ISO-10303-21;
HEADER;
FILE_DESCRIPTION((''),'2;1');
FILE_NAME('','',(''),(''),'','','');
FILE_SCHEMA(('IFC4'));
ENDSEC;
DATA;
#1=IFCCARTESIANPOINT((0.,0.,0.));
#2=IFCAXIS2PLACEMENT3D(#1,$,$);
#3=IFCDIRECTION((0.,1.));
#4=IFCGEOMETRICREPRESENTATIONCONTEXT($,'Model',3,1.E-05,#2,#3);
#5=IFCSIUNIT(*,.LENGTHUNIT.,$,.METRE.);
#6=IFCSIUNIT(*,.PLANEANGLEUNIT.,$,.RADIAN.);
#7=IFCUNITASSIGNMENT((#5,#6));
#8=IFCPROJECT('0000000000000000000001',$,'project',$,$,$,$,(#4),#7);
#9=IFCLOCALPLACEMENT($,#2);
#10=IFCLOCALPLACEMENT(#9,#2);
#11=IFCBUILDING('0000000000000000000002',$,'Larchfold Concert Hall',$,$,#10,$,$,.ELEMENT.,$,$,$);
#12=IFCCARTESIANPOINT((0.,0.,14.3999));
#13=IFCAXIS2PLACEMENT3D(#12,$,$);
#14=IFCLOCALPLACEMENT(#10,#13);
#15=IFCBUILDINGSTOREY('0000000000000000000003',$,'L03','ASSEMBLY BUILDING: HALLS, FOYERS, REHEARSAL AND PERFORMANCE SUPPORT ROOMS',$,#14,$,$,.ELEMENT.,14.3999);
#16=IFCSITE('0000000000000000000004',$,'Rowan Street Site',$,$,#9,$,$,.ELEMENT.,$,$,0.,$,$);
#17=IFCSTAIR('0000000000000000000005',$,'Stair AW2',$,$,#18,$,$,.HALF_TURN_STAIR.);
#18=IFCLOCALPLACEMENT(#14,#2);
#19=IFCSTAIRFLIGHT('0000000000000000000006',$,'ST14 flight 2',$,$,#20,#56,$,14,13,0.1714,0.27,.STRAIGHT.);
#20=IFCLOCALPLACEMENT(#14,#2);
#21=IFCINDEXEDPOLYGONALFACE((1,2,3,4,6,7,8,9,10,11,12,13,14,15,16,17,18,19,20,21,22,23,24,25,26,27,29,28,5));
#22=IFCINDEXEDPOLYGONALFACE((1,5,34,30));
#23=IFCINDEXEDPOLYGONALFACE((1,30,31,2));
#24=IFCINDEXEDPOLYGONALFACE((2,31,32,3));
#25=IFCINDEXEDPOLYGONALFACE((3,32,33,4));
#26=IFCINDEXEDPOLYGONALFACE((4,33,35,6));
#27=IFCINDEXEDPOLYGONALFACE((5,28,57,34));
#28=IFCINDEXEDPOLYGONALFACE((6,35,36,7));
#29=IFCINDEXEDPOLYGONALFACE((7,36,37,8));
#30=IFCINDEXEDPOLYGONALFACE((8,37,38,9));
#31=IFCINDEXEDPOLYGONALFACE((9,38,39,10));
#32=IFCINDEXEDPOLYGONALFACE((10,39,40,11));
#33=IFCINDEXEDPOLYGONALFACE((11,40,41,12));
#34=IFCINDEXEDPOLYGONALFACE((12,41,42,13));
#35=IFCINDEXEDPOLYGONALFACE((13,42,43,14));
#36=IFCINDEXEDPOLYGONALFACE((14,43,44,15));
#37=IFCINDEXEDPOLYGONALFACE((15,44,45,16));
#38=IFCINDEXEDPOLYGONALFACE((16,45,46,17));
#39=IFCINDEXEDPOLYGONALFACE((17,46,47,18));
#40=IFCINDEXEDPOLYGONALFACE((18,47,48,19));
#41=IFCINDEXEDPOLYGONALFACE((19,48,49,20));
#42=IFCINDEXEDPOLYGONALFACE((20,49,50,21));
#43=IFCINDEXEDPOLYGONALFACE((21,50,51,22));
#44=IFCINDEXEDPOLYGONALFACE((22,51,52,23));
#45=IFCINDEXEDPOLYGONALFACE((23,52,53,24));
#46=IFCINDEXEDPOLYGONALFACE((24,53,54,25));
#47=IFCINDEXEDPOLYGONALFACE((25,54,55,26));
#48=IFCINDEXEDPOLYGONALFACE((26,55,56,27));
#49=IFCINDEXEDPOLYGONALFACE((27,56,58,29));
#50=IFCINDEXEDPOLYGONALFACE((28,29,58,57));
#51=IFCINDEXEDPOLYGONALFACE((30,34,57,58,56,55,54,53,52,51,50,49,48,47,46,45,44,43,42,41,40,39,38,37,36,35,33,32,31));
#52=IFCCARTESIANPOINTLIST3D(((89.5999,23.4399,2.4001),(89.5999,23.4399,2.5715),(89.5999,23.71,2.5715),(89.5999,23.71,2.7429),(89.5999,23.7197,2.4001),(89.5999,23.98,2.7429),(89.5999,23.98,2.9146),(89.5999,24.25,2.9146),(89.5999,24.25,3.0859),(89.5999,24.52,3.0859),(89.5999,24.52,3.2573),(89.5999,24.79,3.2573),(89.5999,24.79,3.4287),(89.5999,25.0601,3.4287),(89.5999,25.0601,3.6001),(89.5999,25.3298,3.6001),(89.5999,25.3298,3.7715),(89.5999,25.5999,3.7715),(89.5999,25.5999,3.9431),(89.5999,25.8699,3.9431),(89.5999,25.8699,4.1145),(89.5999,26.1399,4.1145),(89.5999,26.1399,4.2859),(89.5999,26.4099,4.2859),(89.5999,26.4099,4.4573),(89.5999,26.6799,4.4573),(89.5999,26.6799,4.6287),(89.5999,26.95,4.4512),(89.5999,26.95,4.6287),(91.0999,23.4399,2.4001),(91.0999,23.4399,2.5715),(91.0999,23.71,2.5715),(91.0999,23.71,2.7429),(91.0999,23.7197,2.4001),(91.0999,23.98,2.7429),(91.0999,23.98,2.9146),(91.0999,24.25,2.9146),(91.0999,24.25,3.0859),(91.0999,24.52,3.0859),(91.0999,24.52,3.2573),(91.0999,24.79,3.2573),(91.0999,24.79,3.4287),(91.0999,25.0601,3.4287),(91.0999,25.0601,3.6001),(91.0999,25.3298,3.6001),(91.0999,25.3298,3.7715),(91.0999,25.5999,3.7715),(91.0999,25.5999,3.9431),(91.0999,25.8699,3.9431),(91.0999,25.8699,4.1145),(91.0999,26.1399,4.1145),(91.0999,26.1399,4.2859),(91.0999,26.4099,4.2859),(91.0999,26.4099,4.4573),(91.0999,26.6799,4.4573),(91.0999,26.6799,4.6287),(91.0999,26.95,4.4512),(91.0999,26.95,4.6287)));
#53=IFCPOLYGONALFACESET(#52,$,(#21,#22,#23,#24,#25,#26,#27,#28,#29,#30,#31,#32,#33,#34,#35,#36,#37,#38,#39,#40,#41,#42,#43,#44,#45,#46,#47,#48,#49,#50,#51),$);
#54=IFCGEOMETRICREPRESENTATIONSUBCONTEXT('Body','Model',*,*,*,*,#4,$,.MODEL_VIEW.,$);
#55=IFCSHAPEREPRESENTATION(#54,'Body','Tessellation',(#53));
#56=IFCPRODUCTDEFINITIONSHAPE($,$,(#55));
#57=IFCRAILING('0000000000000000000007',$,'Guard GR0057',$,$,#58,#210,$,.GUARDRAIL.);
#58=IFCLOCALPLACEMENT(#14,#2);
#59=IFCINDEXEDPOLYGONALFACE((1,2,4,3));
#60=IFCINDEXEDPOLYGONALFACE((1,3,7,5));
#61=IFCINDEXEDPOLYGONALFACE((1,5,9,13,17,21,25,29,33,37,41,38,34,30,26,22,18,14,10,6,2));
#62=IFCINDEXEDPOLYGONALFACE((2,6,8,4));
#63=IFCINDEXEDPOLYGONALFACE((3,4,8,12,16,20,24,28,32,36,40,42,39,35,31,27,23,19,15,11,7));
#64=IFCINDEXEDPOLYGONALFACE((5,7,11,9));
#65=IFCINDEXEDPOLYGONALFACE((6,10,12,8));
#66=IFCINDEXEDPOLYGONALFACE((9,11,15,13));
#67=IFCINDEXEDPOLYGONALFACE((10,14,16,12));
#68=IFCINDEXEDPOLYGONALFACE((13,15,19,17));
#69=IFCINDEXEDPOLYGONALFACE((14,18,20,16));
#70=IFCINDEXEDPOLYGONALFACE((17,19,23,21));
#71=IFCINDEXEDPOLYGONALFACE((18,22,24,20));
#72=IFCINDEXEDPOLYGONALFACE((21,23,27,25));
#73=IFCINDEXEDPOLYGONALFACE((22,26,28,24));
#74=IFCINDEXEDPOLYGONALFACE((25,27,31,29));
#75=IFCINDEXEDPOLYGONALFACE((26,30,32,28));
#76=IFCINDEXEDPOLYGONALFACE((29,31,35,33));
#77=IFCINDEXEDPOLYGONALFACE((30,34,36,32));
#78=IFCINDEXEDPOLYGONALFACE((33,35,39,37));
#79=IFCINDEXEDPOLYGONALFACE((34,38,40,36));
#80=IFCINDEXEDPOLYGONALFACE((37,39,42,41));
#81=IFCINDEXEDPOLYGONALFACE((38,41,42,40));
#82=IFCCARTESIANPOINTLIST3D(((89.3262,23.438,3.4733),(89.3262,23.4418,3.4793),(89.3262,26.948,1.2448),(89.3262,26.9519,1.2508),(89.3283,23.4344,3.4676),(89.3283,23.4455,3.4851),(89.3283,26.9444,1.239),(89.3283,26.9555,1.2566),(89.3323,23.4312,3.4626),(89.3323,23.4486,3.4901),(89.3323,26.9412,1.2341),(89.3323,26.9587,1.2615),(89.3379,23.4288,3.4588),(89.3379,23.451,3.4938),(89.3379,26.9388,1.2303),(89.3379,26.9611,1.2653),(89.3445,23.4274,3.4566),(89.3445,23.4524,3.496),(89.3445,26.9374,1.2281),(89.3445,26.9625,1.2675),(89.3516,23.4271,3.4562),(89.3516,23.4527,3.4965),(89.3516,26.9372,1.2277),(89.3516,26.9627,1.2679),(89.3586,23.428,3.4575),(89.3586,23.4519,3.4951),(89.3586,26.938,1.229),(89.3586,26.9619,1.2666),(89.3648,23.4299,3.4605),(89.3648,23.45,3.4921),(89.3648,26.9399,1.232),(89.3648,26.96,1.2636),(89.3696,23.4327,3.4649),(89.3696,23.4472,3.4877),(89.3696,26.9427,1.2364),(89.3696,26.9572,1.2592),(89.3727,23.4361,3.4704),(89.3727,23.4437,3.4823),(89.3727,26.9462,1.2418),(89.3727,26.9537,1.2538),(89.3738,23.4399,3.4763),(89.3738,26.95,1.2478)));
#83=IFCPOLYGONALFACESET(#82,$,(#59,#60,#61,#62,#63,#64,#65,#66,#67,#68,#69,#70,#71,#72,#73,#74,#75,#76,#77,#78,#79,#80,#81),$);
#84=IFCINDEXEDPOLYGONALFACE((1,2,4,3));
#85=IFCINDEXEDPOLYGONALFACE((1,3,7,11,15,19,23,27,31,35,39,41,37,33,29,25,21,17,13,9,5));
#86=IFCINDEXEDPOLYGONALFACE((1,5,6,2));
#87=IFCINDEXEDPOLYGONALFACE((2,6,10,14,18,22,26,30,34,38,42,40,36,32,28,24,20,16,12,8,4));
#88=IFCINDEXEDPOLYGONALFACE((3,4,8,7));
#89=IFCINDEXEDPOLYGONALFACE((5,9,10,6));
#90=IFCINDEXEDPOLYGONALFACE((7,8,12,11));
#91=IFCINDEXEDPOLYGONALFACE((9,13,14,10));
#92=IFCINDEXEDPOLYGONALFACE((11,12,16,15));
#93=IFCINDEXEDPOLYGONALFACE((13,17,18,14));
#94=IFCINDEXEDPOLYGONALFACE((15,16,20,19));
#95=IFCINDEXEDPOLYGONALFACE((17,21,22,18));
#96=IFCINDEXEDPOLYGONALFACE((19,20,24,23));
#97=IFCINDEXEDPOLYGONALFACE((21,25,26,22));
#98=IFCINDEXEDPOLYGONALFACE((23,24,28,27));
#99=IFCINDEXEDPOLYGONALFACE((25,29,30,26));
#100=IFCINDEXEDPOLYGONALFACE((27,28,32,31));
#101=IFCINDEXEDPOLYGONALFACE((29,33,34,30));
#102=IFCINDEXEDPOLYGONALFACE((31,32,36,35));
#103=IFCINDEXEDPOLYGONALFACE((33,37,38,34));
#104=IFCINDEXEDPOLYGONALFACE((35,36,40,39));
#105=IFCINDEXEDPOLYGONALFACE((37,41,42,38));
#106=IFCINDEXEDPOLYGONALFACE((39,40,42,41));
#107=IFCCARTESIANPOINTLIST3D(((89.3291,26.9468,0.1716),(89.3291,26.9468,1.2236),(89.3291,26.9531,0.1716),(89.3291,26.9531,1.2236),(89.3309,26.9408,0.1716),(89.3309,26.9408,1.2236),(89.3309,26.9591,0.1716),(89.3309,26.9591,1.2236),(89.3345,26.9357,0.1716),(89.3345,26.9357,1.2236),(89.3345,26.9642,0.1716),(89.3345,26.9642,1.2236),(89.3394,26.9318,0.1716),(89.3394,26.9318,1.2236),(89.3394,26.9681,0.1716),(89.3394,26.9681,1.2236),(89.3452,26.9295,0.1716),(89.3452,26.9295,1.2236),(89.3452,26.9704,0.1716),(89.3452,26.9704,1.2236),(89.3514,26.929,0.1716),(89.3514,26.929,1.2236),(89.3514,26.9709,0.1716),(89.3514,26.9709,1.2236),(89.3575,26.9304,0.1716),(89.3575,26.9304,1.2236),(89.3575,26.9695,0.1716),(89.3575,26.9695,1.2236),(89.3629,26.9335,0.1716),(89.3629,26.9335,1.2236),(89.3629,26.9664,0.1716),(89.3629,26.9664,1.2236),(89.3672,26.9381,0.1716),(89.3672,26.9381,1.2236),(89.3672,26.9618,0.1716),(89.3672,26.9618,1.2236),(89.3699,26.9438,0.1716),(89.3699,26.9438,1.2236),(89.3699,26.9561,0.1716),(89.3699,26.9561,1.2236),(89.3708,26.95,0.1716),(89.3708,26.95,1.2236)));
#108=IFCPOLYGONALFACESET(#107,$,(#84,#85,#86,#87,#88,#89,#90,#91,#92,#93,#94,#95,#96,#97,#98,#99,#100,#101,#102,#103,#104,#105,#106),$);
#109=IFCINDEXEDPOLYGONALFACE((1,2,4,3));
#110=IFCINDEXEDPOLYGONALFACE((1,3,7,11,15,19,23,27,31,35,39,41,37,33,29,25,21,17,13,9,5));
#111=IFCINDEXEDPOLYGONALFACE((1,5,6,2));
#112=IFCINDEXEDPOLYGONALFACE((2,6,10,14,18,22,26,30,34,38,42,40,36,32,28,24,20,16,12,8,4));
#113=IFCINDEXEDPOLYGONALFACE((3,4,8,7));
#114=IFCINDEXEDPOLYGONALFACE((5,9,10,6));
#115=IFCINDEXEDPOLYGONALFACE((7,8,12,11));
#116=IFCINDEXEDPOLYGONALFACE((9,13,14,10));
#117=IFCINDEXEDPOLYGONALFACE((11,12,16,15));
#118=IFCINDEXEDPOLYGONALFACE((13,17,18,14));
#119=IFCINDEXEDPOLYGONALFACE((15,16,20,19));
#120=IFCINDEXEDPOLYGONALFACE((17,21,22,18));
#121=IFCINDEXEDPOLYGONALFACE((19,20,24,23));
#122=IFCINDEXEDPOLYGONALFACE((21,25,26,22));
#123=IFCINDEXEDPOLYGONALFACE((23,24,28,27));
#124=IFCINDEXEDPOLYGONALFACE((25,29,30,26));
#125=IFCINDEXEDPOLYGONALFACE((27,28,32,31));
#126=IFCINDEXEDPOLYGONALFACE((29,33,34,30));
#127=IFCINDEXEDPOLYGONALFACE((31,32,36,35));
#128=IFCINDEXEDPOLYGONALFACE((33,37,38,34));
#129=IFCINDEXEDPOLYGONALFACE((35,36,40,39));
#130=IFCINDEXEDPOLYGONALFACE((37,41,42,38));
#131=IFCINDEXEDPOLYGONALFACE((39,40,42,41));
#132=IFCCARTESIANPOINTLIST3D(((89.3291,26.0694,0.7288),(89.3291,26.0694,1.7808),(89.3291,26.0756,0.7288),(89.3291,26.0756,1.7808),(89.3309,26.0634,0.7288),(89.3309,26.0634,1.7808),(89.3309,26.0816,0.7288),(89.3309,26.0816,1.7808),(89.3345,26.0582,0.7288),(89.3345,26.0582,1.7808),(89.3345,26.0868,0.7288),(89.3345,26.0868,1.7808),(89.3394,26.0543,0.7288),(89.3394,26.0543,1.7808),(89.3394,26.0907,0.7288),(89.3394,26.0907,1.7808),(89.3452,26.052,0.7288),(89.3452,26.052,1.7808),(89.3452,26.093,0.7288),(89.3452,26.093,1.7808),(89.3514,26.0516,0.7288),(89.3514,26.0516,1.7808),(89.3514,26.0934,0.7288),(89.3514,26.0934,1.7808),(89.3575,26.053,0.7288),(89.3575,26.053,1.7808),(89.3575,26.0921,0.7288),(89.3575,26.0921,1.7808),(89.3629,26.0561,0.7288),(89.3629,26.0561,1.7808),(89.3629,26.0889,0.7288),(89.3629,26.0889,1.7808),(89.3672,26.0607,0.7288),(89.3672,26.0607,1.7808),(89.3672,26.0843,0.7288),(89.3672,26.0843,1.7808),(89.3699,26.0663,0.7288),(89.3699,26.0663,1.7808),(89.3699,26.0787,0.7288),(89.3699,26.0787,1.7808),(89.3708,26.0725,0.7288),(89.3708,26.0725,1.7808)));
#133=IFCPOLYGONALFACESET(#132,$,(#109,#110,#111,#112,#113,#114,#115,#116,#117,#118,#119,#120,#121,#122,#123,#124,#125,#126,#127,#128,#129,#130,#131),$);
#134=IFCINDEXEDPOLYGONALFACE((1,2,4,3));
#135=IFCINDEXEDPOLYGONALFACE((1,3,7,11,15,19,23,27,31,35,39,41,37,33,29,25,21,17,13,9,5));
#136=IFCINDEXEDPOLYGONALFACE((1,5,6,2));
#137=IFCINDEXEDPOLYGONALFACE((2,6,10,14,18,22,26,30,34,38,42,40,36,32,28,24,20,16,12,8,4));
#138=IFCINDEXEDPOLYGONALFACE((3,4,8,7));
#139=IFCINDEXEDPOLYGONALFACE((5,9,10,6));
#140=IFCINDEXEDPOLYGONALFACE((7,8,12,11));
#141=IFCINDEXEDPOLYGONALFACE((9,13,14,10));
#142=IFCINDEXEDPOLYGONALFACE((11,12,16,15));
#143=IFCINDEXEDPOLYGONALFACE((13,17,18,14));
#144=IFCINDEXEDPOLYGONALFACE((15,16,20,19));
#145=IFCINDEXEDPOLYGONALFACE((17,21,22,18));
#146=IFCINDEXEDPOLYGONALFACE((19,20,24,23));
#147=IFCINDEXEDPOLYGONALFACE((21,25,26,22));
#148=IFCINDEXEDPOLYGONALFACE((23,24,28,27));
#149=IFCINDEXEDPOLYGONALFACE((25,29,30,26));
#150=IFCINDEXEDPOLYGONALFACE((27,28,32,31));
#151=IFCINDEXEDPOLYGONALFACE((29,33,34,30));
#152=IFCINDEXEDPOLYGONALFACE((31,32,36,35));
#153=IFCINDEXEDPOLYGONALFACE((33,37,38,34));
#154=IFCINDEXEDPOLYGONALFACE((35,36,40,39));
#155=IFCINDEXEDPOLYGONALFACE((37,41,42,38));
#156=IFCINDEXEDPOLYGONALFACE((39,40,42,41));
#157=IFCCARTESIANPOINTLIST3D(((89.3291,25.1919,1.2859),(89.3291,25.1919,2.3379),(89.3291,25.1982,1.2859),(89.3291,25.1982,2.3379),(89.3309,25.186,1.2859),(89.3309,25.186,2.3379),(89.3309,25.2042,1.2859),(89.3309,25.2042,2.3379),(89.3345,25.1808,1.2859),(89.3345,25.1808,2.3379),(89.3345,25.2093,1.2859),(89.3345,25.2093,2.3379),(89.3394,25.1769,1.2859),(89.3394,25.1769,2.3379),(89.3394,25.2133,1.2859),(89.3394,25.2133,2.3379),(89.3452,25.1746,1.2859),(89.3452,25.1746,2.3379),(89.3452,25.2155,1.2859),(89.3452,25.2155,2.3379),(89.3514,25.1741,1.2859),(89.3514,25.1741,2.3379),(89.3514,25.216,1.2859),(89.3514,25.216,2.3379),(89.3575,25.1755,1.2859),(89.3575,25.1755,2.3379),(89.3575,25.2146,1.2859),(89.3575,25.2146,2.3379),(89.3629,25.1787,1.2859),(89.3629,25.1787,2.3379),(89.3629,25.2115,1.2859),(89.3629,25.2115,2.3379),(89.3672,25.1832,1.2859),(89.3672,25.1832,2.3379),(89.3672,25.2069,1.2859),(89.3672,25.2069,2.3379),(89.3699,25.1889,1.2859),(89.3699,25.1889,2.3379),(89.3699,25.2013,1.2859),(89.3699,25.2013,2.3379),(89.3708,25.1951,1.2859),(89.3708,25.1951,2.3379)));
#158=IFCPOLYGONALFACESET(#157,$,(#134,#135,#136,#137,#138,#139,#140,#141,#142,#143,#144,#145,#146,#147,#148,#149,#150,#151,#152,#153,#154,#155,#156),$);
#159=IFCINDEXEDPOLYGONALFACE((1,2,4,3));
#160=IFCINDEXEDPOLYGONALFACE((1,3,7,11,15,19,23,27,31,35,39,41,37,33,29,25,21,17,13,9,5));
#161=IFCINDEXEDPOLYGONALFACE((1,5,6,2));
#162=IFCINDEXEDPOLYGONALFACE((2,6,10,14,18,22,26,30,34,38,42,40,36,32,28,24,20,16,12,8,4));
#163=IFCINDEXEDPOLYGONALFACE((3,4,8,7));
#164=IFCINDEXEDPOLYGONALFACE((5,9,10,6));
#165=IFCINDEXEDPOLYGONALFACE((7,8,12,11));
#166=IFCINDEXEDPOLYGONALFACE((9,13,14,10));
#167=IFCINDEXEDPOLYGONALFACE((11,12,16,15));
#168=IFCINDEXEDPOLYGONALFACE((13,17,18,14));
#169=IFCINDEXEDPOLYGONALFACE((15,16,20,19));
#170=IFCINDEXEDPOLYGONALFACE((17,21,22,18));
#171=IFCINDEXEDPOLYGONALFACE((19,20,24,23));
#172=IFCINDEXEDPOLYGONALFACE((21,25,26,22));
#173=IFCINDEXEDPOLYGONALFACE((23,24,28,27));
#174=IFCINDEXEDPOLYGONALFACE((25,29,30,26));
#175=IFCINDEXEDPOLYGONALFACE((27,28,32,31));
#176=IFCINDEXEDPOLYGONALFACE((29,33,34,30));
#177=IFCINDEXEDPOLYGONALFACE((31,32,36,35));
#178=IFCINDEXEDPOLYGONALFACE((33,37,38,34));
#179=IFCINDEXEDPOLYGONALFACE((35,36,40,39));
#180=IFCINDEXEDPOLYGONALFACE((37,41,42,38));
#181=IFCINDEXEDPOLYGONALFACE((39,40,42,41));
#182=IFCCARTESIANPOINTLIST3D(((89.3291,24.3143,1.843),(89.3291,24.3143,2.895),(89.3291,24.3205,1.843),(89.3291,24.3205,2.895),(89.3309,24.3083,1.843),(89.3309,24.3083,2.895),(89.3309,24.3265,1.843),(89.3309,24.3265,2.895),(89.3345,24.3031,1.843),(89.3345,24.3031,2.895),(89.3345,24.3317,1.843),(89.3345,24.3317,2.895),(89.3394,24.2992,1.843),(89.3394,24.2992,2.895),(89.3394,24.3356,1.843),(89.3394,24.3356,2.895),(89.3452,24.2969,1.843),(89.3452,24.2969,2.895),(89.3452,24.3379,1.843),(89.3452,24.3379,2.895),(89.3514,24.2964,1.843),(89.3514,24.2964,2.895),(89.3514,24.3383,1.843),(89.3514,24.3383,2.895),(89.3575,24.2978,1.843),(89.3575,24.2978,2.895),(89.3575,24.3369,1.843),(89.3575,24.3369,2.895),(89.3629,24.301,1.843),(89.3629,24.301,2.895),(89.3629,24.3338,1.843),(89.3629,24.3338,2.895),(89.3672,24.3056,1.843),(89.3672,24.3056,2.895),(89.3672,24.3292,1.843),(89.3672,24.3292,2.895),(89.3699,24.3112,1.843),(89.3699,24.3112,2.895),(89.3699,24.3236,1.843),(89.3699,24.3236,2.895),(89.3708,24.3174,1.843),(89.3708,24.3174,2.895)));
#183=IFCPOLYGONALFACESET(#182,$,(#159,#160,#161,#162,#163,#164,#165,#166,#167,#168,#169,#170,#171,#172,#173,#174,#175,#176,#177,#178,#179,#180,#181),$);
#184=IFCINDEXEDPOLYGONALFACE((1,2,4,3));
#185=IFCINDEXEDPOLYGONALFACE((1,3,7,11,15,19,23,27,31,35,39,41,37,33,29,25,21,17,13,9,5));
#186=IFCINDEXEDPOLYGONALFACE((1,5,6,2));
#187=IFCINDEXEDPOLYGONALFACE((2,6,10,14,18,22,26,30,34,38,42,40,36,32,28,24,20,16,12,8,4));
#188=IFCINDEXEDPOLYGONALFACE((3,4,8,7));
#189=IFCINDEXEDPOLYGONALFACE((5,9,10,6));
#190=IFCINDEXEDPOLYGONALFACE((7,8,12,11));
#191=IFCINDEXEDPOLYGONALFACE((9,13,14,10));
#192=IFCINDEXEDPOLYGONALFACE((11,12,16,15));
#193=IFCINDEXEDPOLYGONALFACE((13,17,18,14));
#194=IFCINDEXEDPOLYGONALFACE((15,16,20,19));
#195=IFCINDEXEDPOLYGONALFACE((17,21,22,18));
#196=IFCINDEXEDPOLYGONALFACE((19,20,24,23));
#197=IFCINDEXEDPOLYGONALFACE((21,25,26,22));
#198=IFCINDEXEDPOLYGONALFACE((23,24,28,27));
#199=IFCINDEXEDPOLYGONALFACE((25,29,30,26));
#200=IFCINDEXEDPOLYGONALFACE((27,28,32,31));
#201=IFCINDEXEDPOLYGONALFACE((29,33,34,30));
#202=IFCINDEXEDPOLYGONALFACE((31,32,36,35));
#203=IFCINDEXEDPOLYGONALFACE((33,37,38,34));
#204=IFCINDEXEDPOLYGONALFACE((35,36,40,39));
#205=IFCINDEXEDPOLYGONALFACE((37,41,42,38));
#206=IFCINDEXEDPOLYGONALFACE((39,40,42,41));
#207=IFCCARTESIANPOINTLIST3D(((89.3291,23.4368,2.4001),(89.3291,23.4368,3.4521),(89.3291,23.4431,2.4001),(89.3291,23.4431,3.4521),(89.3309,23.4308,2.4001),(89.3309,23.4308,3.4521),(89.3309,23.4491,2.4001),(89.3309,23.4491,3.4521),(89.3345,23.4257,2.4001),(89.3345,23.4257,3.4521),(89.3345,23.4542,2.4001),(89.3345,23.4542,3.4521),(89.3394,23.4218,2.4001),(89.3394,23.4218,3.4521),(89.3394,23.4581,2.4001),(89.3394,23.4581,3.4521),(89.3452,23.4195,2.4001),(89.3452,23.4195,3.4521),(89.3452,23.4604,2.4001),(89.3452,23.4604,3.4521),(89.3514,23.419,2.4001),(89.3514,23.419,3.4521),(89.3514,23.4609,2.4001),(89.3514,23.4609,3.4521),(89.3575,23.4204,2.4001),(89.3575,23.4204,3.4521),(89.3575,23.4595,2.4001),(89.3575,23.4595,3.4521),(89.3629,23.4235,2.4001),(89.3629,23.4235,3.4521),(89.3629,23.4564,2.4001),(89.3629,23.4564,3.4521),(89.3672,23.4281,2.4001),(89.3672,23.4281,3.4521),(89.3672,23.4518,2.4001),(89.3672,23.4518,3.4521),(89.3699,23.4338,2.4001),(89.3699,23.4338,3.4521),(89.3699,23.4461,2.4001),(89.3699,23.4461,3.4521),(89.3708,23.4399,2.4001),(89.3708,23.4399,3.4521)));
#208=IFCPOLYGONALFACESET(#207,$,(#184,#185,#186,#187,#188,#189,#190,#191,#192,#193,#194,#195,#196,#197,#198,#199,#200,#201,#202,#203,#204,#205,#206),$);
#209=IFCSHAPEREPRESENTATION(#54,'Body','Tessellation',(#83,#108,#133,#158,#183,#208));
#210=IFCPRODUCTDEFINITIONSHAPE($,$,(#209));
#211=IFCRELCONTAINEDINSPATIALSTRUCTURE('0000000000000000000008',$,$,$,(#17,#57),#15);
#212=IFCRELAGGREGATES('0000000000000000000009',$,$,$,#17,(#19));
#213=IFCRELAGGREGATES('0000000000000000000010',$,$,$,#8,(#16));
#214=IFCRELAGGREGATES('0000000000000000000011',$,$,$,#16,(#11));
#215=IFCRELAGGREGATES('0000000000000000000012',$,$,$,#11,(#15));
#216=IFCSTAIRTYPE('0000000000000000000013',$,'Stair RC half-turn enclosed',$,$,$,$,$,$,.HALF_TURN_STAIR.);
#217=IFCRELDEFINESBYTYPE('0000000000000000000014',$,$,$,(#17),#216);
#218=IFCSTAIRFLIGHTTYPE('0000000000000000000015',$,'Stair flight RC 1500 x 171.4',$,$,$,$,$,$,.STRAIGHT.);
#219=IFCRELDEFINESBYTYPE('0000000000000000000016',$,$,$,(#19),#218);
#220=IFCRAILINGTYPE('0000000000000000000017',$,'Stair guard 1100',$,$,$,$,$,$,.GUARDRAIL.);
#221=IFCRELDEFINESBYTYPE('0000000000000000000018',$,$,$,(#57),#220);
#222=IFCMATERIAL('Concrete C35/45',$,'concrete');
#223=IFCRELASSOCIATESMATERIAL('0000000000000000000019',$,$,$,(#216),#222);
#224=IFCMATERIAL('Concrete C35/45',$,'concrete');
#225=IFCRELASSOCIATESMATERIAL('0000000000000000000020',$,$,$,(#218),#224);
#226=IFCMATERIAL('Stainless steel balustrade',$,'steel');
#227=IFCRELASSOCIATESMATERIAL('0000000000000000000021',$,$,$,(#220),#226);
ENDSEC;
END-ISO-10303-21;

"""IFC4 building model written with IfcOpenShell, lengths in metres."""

from ifc_helpers import new_model, si_unit, direction, frame, origin, origin_2d, place, context, subcontext, project, spatial, polyline, circle, outline, extrude, material, type_object, element, aggregate, save


model = new_model("IFC4")

# Units and contexts
model_context = context("Model", 3, precision=1e-05, world=origin(), true_north=direction((0.0, 1.0)))
body_context = subcontext(model_context, "Body", "Model", "MODEL_VIEW")
ifc_project = project(units=[si_unit("LENGTHUNIT", "METRE"), si_unit("PLANEANGLEUNIT", "RADIAN")], contexts=[model_context])

# Site, building, storey
site_placement = place(None, origin())
site = spatial("IfcSite", under=ifc_project, at=site_placement, Name="Rowan Street Site", CompositionType="ELEMENT", RefElevation=0.0)
building_placement = place(site_placement, origin())
building = spatial("IfcBuilding", under=site, at=building_placement, Name="Larchfold Concert Hall", CompositionType="ELEMENT")
storey_placement = place(building_placement, frame((0.0, 0.0, 14.3999)))
storey = spatial("IfcBuildingStorey", under=building, at=storey_placement, Name="L03", Description="ASSEMBLY BUILDING: HALLS, FOYERS, REHEARSAL AND PERFORMANCE SUPPORT ROOMS", CompositionType="ELEMENT", Elevation=14.3999)

# Stair, stair flight
ifc_material_1 = material(Name="Concrete C35/45", Category="concrete")
stair_type = type_object("IfcStairType", Name="Stair RC half-turn enclosed", PredefinedType="HALF_TURN_STAIR", material=ifc_material_1)
stair_placement = place(storey_placement, origin())
stair = element("IfcStair", 1, at=stair_placement, inside=storey, type_object=stair_type, Name="Stair AW2", PredefinedType="HALF_TURN_STAIR")
ifc_material_2 = material(Name="Concrete C35/45", Category="concrete")
stair_flight_type = type_object("IfcStairFlightType", Name="Stair flight RC 1500 x 171.4", PredefinedType="STRAIGHT", material=ifc_material_2)
stair_flight_1_placement = place(storey_placement, frame((90.3499, 23.4399, 2.4001), z_axis=(0.0, 0.0, 1.0), x_axis=(0.0, 1.0, 0.0)))
stair_flight_1 = element("IfcStairFlight", 2, at=stair_flight_1_placement, type_object=stair_flight_type, Name="ST14 flight 2", NumberOfRisers=14, NumberOfTreads=13, PredefinedType="STRAIGHT", RiserHeight=0.1714, TreadLength=0.27, context=body_context, shape_type="SweptSolid", body=[
    extrude(outline(polyline([(0.0, 0.0), (0.0, 0.1714), (0.27, 0.1714), (0.27, 0.3428), (0.54, 0.3428), (0.54, 0.5144), (0.8101, 0.5144), (0.8101, 0.6858), (1.0801, 0.6858), (1.0801, 0.8572), (1.3501, 0.8572), (1.3501, 1.0286), (1.6201, 1.0286), (1.6201, 1.2), (1.8899, 1.2), (1.8899, 1.3713), (2.1599, 1.3713), (2.1599, 1.543), (2.4299, 1.543), (2.4299, 1.7144), (2.7, 1.7144), (2.7, 1.8857), (2.97, 1.8857), (2.97, 2.0571), (3.24, 2.0571), (3.24, 2.2285), (3.51, 2.2285), (3.51, 2.3999), (3.51, 2.051), (0.2798, 0.0), (0.0, 0.0)])), frame((0.0, 0.75, 0.0), z_axis=(0.0, -1.0, 0.0), x_axis=(1.0, 0.0, 0.0)), (0.0, 0.0, 1.0), 1.5),
])
aggregate(stair, [stair_flight_1])

# Railing
ifc_material_3 = material(Name="Stainless steel balustrade", Category="steel")
railing_type_1 = type_object("IfcRailingType", Name="Stair guard 1100", PredefinedType="GUARDRAIL", material=ifc_material_3)
railing_1_placement = place(storey_placement, frame((89.3499, 26.95, 0.1716)))
element("IfcRailing", 3, at=railing_1_placement, inside=storey, type_object=railing_type_1, Name="Guard GR0057", PredefinedType="GUARDRAIL", context=body_context, shape_type="SweptSolid", body=[
    extrude(circle(Radius=0.0239, at=origin_2d()), frame((0.0, 0.0, 1.0762), z_axis=(0.0, -0.84422, 0.535998), x_axis=(1.0, 0.0, 0.0)), (0.0, 0.0, 1.0), 4.1577),
    extrude(circle(Radius=0.021, at=origin_2d()), origin(), (0.0, 0.0, 1.0), 1.052),
    extrude(circle(Radius=0.021, at=origin_2d()), frame((0.0, -0.8774, 0.5571)), (0.0, 0.0, 1.0), 1.052),
    extrude(circle(Radius=0.021, at=origin_2d()), frame((0.0, -1.7549, 1.1143)), (0.0, 0.0, 1.0), 1.052),
    extrude(circle(Radius=0.021, at=origin_2d()), frame((0.0, -2.6326, 1.6714)), (0.0, 0.0, 1.0), 1.052),
    extrude(circle(Radius=0.021, at=origin_2d()), frame((0.0, -3.51, 2.2285)), (0.0, 0.0, 1.0), 1.052),
])

save(model, "model.ifc")
